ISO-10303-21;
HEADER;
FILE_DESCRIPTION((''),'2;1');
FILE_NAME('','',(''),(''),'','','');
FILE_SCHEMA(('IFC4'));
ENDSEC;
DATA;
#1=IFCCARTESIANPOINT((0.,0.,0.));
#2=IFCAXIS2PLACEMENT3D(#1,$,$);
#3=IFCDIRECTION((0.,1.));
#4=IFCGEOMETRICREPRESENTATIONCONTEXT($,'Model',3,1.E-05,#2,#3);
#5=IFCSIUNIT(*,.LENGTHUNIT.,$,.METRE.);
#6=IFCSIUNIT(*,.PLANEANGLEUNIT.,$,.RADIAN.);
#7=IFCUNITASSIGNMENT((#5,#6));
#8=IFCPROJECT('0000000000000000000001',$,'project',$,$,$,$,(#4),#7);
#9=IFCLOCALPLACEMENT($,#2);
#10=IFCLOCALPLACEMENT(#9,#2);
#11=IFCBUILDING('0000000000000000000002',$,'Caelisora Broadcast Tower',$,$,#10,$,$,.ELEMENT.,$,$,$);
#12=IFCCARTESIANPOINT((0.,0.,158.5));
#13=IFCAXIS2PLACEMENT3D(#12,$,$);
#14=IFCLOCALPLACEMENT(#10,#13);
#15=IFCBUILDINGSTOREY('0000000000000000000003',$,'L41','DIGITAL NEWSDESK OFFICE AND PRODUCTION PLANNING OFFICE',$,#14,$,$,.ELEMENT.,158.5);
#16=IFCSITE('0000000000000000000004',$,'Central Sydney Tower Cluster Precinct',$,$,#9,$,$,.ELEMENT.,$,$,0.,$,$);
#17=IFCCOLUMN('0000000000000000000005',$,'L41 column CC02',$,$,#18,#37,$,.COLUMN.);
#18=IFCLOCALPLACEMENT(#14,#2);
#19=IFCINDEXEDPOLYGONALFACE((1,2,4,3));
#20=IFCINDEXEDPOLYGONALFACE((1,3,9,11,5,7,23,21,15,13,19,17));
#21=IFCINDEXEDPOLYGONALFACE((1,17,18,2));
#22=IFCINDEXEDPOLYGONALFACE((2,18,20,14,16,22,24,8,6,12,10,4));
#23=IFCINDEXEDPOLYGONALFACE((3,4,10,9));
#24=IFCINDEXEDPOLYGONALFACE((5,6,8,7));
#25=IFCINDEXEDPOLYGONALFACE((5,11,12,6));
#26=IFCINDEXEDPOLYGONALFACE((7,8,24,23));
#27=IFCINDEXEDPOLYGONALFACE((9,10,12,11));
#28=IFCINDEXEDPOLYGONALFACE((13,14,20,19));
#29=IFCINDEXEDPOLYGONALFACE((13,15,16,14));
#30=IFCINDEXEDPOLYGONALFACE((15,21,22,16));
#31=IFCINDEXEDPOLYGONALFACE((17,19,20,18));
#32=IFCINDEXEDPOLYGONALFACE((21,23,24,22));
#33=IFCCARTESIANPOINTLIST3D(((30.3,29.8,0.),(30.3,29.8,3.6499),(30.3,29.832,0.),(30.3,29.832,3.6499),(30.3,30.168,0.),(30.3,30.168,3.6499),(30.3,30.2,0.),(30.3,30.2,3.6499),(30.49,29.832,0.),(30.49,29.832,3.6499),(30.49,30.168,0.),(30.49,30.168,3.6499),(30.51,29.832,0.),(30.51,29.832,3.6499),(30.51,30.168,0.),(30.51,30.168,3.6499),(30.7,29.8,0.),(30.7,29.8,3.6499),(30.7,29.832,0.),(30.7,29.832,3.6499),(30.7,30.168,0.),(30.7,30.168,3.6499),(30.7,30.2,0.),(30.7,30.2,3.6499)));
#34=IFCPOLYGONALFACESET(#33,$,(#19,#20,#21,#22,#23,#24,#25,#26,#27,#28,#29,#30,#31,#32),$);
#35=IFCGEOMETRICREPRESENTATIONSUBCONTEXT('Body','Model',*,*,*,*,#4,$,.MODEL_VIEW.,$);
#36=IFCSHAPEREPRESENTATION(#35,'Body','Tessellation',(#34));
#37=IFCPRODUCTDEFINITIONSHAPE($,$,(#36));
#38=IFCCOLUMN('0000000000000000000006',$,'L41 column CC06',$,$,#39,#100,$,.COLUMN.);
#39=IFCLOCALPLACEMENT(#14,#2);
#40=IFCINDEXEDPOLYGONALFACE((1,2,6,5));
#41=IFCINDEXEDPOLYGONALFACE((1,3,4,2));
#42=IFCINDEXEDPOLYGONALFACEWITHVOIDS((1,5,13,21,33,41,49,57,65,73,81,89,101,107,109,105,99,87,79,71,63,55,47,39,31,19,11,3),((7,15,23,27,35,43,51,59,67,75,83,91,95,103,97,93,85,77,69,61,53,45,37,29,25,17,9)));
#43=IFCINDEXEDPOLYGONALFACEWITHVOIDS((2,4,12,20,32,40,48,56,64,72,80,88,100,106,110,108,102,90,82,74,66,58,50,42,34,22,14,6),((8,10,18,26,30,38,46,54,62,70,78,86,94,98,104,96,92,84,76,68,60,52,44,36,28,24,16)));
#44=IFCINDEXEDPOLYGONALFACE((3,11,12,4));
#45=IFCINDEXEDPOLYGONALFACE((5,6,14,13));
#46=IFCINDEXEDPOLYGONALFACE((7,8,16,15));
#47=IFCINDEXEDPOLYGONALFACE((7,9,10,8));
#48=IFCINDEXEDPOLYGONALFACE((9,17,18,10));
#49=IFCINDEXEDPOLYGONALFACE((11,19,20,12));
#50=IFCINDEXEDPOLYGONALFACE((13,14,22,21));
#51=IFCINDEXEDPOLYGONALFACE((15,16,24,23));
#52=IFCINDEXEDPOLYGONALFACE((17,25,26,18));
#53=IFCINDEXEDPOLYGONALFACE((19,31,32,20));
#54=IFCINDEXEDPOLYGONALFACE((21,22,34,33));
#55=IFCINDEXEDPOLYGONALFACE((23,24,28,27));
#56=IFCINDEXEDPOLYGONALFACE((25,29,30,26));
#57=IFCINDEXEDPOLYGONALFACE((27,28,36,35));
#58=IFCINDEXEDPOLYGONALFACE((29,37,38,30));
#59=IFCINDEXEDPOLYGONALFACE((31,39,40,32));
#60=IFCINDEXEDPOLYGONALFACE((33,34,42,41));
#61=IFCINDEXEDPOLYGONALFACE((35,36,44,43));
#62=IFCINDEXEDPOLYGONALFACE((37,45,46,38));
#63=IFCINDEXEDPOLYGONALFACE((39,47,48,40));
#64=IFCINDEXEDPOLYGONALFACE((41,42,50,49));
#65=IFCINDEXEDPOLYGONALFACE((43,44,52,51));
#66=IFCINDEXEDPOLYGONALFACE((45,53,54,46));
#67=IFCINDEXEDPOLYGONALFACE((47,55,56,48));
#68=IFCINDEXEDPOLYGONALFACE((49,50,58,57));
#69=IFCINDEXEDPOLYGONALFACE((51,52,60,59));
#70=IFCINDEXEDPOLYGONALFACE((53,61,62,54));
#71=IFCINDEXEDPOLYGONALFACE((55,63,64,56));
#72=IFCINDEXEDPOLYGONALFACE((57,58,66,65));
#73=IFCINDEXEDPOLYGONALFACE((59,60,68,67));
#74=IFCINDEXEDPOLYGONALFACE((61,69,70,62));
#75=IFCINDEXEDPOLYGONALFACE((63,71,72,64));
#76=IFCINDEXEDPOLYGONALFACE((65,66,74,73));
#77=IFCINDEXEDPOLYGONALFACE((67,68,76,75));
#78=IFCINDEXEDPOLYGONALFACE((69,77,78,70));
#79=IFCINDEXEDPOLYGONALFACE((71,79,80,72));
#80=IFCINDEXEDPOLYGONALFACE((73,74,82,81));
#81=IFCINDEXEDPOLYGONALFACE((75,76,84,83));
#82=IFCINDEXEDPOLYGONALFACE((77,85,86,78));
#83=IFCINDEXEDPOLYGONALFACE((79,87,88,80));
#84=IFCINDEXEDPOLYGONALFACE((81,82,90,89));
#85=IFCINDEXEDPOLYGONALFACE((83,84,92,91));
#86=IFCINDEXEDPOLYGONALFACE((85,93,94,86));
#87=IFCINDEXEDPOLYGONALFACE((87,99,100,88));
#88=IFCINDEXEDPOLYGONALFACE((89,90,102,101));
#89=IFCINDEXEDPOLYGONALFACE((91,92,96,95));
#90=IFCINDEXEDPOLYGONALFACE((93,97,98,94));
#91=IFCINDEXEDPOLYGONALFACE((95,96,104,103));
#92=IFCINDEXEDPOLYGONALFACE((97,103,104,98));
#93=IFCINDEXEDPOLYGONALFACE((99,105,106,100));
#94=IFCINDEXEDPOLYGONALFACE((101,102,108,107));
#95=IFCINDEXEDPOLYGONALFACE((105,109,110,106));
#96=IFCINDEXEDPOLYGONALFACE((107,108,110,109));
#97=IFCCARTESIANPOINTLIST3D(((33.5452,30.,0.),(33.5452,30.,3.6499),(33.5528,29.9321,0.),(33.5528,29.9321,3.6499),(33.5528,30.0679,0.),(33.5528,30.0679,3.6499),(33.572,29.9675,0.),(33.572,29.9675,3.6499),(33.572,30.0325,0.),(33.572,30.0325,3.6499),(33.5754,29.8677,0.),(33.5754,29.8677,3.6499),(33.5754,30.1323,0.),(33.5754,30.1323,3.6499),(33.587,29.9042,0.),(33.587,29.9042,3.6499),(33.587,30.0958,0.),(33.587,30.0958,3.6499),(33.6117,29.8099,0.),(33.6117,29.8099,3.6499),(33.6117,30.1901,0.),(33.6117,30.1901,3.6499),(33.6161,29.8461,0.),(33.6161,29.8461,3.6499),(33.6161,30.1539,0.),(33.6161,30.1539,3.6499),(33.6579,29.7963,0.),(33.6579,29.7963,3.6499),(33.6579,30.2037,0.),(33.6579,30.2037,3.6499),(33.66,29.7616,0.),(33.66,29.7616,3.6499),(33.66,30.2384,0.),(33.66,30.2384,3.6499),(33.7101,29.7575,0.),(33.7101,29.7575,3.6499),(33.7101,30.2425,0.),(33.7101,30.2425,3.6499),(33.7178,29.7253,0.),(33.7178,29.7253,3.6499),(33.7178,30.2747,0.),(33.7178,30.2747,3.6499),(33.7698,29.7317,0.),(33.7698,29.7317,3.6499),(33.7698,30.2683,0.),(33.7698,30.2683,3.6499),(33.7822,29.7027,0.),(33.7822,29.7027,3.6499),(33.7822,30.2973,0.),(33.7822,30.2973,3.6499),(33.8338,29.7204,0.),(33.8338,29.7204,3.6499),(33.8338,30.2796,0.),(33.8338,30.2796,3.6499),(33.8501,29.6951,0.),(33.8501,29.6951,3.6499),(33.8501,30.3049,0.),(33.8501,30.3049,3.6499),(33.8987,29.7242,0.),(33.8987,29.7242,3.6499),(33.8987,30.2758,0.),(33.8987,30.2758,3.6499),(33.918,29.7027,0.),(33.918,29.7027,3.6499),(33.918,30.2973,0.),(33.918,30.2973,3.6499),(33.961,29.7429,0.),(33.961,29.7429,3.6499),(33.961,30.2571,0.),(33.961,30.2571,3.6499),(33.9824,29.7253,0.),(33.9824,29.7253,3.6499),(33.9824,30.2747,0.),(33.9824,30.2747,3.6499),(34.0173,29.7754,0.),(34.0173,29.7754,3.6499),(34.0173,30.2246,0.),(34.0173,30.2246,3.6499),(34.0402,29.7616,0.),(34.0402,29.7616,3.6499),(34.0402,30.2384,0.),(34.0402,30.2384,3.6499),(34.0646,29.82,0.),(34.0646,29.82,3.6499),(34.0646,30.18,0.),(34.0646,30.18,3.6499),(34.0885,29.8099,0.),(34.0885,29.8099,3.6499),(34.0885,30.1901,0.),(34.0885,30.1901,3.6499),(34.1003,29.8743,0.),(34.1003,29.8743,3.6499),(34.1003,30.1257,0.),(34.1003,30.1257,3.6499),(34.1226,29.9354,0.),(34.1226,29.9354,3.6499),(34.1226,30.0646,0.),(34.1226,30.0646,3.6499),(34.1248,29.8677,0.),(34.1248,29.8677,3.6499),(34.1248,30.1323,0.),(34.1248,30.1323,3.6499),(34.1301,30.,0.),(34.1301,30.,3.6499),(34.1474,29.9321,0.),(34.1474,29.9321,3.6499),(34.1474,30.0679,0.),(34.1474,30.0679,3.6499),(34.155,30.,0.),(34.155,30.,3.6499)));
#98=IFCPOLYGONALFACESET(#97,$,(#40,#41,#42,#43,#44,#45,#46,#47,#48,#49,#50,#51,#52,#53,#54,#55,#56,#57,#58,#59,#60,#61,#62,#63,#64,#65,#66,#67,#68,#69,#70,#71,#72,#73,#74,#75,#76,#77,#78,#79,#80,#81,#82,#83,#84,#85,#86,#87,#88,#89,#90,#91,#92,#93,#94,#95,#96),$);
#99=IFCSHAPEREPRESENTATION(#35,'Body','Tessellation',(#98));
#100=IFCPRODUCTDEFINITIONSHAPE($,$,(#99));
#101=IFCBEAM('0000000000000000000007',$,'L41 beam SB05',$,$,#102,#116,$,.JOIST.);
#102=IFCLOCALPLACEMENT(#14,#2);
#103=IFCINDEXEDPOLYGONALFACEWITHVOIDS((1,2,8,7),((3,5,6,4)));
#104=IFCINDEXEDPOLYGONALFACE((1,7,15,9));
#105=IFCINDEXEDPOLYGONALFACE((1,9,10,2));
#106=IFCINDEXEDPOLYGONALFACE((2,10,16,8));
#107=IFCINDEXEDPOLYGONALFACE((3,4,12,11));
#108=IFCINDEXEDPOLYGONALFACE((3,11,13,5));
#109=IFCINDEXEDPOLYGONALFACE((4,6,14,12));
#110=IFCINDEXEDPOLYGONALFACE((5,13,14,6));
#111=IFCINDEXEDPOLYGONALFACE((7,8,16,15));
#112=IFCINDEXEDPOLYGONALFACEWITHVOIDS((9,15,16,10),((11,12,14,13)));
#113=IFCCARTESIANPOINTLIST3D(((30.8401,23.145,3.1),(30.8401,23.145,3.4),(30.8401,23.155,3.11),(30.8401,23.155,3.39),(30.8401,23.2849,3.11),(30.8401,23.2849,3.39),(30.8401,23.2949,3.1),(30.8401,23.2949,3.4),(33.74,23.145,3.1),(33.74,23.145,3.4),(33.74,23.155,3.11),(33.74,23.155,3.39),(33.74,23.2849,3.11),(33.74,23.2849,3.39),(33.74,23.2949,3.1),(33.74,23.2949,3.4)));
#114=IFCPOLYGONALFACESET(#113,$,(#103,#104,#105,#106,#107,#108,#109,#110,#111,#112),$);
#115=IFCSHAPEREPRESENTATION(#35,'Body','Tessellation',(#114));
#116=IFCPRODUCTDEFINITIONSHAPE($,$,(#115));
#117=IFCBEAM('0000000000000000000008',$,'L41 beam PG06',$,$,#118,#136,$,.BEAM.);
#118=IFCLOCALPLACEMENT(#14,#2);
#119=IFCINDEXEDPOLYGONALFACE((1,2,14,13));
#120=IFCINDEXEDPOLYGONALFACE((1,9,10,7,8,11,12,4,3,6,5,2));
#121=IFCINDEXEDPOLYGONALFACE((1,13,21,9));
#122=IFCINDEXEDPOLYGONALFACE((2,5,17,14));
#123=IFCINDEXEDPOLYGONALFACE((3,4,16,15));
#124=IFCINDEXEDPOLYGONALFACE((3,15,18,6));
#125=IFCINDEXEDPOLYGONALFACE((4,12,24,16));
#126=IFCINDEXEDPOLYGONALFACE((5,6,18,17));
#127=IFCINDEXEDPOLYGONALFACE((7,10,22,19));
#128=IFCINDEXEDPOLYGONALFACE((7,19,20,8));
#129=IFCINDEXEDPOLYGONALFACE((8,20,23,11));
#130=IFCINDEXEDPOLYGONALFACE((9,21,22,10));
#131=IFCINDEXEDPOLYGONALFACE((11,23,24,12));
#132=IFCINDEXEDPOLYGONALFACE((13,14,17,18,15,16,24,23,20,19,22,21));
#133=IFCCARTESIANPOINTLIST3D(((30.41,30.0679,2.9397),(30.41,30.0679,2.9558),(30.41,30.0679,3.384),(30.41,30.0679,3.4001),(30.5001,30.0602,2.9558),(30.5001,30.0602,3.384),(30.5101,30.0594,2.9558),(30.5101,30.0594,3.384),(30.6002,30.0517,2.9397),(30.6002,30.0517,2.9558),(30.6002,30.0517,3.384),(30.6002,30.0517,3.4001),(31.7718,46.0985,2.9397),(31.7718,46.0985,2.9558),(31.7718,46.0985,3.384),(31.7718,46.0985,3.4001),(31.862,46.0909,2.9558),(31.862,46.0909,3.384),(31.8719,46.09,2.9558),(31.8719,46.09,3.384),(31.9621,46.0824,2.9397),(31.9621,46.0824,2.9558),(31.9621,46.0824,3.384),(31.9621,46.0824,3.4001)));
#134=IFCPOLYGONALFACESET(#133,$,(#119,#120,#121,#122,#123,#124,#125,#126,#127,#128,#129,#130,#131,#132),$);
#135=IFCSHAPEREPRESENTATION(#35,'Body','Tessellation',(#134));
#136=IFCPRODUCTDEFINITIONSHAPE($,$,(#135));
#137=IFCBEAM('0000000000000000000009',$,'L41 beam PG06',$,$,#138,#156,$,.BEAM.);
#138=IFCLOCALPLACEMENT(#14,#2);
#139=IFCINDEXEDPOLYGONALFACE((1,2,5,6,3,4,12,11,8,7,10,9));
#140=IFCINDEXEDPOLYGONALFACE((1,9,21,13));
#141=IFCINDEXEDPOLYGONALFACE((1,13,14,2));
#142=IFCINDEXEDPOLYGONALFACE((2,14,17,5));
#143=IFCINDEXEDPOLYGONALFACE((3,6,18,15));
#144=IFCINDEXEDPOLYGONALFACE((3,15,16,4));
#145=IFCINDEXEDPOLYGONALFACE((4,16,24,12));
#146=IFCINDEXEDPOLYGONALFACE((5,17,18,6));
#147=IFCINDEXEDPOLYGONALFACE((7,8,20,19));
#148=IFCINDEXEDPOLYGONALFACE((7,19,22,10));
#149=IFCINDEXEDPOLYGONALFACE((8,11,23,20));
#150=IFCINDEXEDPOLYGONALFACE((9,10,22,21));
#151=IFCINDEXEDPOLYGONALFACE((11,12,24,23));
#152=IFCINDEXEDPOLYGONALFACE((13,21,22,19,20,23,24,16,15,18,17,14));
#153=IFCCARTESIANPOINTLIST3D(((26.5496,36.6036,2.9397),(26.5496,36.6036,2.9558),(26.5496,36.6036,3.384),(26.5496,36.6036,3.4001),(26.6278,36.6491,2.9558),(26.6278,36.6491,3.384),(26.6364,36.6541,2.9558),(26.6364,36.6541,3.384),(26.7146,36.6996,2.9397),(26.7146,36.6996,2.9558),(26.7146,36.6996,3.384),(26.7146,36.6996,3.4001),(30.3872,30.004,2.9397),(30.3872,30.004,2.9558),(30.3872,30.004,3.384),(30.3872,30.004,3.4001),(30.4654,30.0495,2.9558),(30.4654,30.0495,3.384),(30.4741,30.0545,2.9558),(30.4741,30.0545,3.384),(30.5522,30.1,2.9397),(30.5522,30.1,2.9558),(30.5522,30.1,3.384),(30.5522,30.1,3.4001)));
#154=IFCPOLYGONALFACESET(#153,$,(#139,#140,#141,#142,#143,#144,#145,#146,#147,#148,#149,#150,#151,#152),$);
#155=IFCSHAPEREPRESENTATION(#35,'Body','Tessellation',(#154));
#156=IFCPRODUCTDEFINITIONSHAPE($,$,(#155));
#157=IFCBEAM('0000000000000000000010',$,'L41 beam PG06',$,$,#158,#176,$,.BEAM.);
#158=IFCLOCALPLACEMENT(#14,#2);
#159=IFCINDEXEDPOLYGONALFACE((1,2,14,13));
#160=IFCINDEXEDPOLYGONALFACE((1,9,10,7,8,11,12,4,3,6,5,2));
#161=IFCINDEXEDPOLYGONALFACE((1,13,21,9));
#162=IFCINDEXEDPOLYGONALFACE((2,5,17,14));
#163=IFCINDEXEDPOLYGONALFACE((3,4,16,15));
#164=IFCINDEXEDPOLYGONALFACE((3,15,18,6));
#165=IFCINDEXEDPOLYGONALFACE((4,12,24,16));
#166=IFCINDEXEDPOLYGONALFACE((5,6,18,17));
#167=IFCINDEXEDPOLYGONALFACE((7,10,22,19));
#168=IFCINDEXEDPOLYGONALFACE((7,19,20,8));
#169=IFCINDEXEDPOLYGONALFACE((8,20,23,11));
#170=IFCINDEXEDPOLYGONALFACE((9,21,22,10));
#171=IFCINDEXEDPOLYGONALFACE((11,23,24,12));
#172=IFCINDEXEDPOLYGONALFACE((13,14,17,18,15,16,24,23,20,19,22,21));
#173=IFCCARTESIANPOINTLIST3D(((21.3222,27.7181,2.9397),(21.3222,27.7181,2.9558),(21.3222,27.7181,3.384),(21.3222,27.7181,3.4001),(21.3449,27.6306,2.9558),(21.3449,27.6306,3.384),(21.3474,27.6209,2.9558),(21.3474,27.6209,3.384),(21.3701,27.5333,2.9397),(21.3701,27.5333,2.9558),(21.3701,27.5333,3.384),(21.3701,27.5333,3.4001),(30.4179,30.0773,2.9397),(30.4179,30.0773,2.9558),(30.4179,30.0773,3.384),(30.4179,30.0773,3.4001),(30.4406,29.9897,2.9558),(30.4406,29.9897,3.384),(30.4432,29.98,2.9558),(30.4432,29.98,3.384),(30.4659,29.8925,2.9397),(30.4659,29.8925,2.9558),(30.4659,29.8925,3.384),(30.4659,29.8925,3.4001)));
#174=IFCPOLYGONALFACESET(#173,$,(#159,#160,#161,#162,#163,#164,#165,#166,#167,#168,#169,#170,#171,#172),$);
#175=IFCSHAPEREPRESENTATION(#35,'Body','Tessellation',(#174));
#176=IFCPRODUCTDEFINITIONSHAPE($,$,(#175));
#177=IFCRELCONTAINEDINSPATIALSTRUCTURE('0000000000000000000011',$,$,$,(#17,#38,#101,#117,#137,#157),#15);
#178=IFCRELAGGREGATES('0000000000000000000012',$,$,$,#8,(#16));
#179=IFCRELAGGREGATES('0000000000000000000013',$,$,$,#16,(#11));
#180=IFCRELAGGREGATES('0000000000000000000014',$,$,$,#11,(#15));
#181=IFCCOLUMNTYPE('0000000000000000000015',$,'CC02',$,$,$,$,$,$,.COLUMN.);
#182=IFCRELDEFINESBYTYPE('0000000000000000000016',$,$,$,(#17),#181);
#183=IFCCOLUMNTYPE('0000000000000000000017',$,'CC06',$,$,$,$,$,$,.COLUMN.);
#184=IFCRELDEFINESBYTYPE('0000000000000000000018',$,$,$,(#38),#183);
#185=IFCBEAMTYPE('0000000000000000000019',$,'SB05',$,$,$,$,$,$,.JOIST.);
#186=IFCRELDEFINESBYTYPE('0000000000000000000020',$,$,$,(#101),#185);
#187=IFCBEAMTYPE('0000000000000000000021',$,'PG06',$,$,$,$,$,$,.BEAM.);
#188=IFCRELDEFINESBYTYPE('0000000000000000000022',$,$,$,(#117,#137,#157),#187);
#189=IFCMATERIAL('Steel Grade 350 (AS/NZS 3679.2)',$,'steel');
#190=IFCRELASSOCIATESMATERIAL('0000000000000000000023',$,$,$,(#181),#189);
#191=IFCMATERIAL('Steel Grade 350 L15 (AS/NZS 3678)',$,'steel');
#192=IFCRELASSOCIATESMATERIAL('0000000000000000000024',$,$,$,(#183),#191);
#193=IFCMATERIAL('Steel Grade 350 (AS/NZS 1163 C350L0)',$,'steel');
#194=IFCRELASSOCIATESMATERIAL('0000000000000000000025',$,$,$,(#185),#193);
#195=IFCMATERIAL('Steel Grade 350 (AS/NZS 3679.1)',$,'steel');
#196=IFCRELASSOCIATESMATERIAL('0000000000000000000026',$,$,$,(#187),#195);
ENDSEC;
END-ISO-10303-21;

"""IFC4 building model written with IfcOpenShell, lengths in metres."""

from ifc_helpers import new_model, si_unit, direction, frame, origin, origin_2d, place, context, subcontext, project, spatial, hollow_rectangle, hollow_circle, i_section, extrude, source, transform, mapped, material, material_profile, profile_set, type_object, type_shapes, element, save


model = new_model("IFC4")

# Units and contexts
model_context = context("Model", 3, precision=1e-05, world=origin(), true_north=direction((0.0, 1.0)))
body_context = subcontext(model_context, "Body", "Model", "MODEL_VIEW")
ifc_project = project(units=[si_unit("LENGTHUNIT", "METRE"), si_unit("PLANEANGLEUNIT", "RADIAN")], contexts=[model_context])

# Site, building, storey
site_placement = place(None, origin())
site = spatial("IfcSite", under=ifc_project, at=site_placement, Name="Central Sydney Tower Cluster Precinct", CompositionType="ELEMENT", RefElevation=0.0)
building_placement = place(site_placement, origin())
building = spatial("IfcBuilding", under=site, at=building_placement, Name="Caelisora Broadcast Tower", CompositionType="ELEMENT")
storey_placement = place(building_placement, frame((0.0, 0.0, 158.5)))
storey = spatial("IfcBuildingStorey", under=building, at=storey_placement, Name="L41", Description="DIGITAL NEWSDESK OFFICE AND PRODUCTION PLANNING OFFICE", CompositionType="ELEMENT", Elevation=158.5)

# Columns
ifc_material_1 = material(Name="Steel Grade 350 (AS/NZS 3679.2)", Category="steel")
ifc_material_profile_1 = material_profile(ifc_material_1, i_section(OverallWidth=0.3999, OverallDepth=0.3999, WebThickness=0.02, FlangeThickness=0.032, at=origin_2d()), Name="Steel Grade 350 (AS/NZS 3679.2)")
ifc_profile_set_1 = profile_set([ifc_material_profile_1], Name="Steel Grade 350 (AS/NZS 3679.2)")
column_type_1 = type_object("IfcColumnType", Name="CC02", PredefinedType="COLUMN", material=ifc_profile_set_1)
shared_shape_1 = source(origin(), body_context, "Body", "SweptSolid", [
    extrude(i_section(OverallWidth=0.3999, OverallDepth=0.3999, WebThickness=0.02, FlangeThickness=0.032, at=origin_2d()), origin(), (0.0, 0.0, 1.0), 3.6499),
])
type_shapes(column_type_1, [shared_shape_1])
column_1_placement = place(storey_placement, frame((30.5, 30.0, 0.0), z_axis=(0.0, 0.0, 1.0), x_axis=(1.0, 0.0, 0.0)))
element("IfcColumn", 1, at=column_1_placement, inside=storey, type_object=column_type_1, Name="L41 column CC02", PredefinedType="COLUMN", context=body_context, shape_type="MappedRepresentation", body=[
    mapped(shared_shape_1, transform((0.0, 0.0, 0.0), scale=1.0)),
])
ifc_material_2 = material(Name="Steel Grade 350 L15 (AS/NZS 3678)", Category="steel")
ifc_material_profile_2 = material_profile(ifc_material_2, hollow_circle(Radius=0.3049, WallThickness=0.0249, at=origin_2d()), Name="Steel Grade 350 L15 (AS/NZS 3678)")
ifc_profile_set_2 = profile_set([ifc_material_profile_2], Name="Steel Grade 350 L15 (AS/NZS 3678)")
column_type_2 = type_object("IfcColumnType", Name="CC06", PredefinedType="COLUMN", material=ifc_profile_set_2)
shared_shape_2 = source(origin(), body_context, "Body", "SweptSolid", [
    extrude(hollow_circle(Radius=0.3049, WallThickness=0.0249, at=origin_2d()), origin(), (0.0, 0.0, 1.0), 3.6499),
])
type_shapes(column_type_2, [shared_shape_2])
column_2_placement = place(storey_placement, frame((33.8501, 30.0, 0.0), z_axis=(0.0, 0.0, 1.0), x_axis=(1.0, 0.0, 0.0)))
element("IfcColumn", 2, at=column_2_placement, inside=storey, type_object=column_type_2, Name="L41 column CC06", PredefinedType="COLUMN", context=body_context, shape_type="MappedRepresentation", body=[
    mapped(shared_shape_2, transform((0.0, 0.0, 0.0), scale=1.0)),
])

# Beams
ifc_material_3 = material(Name="Steel Grade 350 (AS/NZS 1163 C350L0)", Category="steel")
ifc_material_profile_3 = material_profile(ifc_material_3, hollow_rectangle(XDim=0.1499, YDim=0.3, WallThickness=0.01, at=origin_2d()), Name="Steel Grade 350 (AS/NZS 1163 C350L0)")
ifc_profile_set_3 = profile_set([ifc_material_profile_3], Name="Steel Grade 350 (AS/NZS 1163 C350L0)")
beam_type_1 = type_object("IfcBeamType", Name="SB05", PredefinedType="JOIST", material=ifc_profile_set_3)
shared_shape_3 = source(origin(), body_context, "Body", "SweptSolid", [
    extrude(hollow_rectangle(XDim=0.1499, YDim=0.3, WallThickness=0.01, at=origin_2d()), origin(), (0.0, 0.0, 1.0), 2.8999),
])
type_shapes(beam_type_1, [shared_shape_3])
beam_1_placement = place(storey_placement, frame((30.8401, 23.22, 3.25), z_axis=(1.0, 0.0, 0.0), x_axis=(0.0, 1.0, 0.0)))
element("IfcBeam", 3, at=beam_1_placement, inside=storey, type_object=beam_type_1, Name="L41 beam SB05", PredefinedType="JOIST", context=body_context, shape_type="MappedRepresentation", body=[
    mapped(shared_shape_3, transform((0.0, 0.0, 0.0), scale=1.0)),
])
ifc_material_4 = material(Name="Steel Grade 350 (AS/NZS 3679.1)", Category="steel")
ifc_material_profile_4 = material_profile(ifc_material_4, i_section(OverallWidth=0.1909, OverallDepth=0.4604, WebThickness=0.01, FlangeThickness=0.0161, at=origin_2d()), Name="Steel Grade 350 (AS/NZS 3679.1)")
ifc_profile_set_4 = profile_set([ifc_material_profile_4], Name="Steel Grade 350 (AS/NZS 3679.1)")
beam_type_2 = type_object("IfcBeamType", Name="PG06", PredefinedType="BEAM", material=ifc_profile_set_4)
shared_shape_4 = source(origin(), body_context, "Body", "SweptSolid", [
    extrude(i_section(OverallWidth=0.1909, OverallDepth=0.4604, WebThickness=0.01, FlangeThickness=0.0161, at=origin_2d()), origin(), (0.0, 0.0, 1.0), 16.0884),
])
beam_2_placement = place(storey_placement, frame((30.5051, 30.0598, 3.1699), z_axis=(0.084647, 0.996411, 0.0), x_axis=(-0.996411, 0.084647, 0.0)))
element("IfcBeam", 4, at=beam_2_placement, inside=storey, type_object=beam_type_2, Name="L41 beam PG06", PredefinedType="BEAM", context=body_context, shape_type="MappedRepresentation", body=[
    mapped(shared_shape_4, transform((0.0, 0.0, 0.0), scale=1.0)),
])
shared_shape_5 = source(origin(), body_context, "Body", "SweptSolid", [
    extrude(i_section(OverallWidth=0.1909, OverallDepth=0.4604, WebThickness=0.01, FlangeThickness=0.0161, at=origin_2d()), origin(), (0.0, 0.0, 1.0), 7.6343),
])
beam_3_placement = place(storey_placement, frame((30.4697, 30.052, 3.1699), z_axis=(-0.502685, 0.864469, 0.0), x_axis=(-0.864469, -0.502685, 0.0)))
element("IfcBeam", 5, at=beam_3_placement, inside=storey, type_object=beam_type_2, Name="L41 beam PG06", PredefinedType="BEAM", context=body_context, shape_type="MappedRepresentation", body=[
    mapped(shared_shape_5, transform((0.0, 0.0, 0.0), scale=1.0)),
])
shared_shape_6 = source(origin(), body_context, "Body", "SweptSolid", [
    extrude(i_section(OverallWidth=0.1909, OverallDepth=0.4604, WebThickness=0.01, FlangeThickness=0.0161, at=origin_2d()), origin(), (0.0, 0.0, 1.0), 9.3967),
])
type_shapes(beam_type_2, [shared_shape_4, shared_shape_5, shared_shape_6])
beam_4_placement = place(storey_placement, frame((30.4419, 29.9849, 3.1699), z_axis=(-0.967971, -0.25106, 0.0), x_axis=(0.25106, -0.967971, 0.0)))
element("IfcBeam", 6, at=beam_4_placement, inside=storey, type_object=beam_type_2, Name="L41 beam PG06", PredefinedType="BEAM", context=body_context, shape_type="MappedRepresentation", body=[
    mapped(shared_shape_6, transform((0.0, 0.0, 0.0), scale=1.0)),
])

save(model, "model.ifc")
